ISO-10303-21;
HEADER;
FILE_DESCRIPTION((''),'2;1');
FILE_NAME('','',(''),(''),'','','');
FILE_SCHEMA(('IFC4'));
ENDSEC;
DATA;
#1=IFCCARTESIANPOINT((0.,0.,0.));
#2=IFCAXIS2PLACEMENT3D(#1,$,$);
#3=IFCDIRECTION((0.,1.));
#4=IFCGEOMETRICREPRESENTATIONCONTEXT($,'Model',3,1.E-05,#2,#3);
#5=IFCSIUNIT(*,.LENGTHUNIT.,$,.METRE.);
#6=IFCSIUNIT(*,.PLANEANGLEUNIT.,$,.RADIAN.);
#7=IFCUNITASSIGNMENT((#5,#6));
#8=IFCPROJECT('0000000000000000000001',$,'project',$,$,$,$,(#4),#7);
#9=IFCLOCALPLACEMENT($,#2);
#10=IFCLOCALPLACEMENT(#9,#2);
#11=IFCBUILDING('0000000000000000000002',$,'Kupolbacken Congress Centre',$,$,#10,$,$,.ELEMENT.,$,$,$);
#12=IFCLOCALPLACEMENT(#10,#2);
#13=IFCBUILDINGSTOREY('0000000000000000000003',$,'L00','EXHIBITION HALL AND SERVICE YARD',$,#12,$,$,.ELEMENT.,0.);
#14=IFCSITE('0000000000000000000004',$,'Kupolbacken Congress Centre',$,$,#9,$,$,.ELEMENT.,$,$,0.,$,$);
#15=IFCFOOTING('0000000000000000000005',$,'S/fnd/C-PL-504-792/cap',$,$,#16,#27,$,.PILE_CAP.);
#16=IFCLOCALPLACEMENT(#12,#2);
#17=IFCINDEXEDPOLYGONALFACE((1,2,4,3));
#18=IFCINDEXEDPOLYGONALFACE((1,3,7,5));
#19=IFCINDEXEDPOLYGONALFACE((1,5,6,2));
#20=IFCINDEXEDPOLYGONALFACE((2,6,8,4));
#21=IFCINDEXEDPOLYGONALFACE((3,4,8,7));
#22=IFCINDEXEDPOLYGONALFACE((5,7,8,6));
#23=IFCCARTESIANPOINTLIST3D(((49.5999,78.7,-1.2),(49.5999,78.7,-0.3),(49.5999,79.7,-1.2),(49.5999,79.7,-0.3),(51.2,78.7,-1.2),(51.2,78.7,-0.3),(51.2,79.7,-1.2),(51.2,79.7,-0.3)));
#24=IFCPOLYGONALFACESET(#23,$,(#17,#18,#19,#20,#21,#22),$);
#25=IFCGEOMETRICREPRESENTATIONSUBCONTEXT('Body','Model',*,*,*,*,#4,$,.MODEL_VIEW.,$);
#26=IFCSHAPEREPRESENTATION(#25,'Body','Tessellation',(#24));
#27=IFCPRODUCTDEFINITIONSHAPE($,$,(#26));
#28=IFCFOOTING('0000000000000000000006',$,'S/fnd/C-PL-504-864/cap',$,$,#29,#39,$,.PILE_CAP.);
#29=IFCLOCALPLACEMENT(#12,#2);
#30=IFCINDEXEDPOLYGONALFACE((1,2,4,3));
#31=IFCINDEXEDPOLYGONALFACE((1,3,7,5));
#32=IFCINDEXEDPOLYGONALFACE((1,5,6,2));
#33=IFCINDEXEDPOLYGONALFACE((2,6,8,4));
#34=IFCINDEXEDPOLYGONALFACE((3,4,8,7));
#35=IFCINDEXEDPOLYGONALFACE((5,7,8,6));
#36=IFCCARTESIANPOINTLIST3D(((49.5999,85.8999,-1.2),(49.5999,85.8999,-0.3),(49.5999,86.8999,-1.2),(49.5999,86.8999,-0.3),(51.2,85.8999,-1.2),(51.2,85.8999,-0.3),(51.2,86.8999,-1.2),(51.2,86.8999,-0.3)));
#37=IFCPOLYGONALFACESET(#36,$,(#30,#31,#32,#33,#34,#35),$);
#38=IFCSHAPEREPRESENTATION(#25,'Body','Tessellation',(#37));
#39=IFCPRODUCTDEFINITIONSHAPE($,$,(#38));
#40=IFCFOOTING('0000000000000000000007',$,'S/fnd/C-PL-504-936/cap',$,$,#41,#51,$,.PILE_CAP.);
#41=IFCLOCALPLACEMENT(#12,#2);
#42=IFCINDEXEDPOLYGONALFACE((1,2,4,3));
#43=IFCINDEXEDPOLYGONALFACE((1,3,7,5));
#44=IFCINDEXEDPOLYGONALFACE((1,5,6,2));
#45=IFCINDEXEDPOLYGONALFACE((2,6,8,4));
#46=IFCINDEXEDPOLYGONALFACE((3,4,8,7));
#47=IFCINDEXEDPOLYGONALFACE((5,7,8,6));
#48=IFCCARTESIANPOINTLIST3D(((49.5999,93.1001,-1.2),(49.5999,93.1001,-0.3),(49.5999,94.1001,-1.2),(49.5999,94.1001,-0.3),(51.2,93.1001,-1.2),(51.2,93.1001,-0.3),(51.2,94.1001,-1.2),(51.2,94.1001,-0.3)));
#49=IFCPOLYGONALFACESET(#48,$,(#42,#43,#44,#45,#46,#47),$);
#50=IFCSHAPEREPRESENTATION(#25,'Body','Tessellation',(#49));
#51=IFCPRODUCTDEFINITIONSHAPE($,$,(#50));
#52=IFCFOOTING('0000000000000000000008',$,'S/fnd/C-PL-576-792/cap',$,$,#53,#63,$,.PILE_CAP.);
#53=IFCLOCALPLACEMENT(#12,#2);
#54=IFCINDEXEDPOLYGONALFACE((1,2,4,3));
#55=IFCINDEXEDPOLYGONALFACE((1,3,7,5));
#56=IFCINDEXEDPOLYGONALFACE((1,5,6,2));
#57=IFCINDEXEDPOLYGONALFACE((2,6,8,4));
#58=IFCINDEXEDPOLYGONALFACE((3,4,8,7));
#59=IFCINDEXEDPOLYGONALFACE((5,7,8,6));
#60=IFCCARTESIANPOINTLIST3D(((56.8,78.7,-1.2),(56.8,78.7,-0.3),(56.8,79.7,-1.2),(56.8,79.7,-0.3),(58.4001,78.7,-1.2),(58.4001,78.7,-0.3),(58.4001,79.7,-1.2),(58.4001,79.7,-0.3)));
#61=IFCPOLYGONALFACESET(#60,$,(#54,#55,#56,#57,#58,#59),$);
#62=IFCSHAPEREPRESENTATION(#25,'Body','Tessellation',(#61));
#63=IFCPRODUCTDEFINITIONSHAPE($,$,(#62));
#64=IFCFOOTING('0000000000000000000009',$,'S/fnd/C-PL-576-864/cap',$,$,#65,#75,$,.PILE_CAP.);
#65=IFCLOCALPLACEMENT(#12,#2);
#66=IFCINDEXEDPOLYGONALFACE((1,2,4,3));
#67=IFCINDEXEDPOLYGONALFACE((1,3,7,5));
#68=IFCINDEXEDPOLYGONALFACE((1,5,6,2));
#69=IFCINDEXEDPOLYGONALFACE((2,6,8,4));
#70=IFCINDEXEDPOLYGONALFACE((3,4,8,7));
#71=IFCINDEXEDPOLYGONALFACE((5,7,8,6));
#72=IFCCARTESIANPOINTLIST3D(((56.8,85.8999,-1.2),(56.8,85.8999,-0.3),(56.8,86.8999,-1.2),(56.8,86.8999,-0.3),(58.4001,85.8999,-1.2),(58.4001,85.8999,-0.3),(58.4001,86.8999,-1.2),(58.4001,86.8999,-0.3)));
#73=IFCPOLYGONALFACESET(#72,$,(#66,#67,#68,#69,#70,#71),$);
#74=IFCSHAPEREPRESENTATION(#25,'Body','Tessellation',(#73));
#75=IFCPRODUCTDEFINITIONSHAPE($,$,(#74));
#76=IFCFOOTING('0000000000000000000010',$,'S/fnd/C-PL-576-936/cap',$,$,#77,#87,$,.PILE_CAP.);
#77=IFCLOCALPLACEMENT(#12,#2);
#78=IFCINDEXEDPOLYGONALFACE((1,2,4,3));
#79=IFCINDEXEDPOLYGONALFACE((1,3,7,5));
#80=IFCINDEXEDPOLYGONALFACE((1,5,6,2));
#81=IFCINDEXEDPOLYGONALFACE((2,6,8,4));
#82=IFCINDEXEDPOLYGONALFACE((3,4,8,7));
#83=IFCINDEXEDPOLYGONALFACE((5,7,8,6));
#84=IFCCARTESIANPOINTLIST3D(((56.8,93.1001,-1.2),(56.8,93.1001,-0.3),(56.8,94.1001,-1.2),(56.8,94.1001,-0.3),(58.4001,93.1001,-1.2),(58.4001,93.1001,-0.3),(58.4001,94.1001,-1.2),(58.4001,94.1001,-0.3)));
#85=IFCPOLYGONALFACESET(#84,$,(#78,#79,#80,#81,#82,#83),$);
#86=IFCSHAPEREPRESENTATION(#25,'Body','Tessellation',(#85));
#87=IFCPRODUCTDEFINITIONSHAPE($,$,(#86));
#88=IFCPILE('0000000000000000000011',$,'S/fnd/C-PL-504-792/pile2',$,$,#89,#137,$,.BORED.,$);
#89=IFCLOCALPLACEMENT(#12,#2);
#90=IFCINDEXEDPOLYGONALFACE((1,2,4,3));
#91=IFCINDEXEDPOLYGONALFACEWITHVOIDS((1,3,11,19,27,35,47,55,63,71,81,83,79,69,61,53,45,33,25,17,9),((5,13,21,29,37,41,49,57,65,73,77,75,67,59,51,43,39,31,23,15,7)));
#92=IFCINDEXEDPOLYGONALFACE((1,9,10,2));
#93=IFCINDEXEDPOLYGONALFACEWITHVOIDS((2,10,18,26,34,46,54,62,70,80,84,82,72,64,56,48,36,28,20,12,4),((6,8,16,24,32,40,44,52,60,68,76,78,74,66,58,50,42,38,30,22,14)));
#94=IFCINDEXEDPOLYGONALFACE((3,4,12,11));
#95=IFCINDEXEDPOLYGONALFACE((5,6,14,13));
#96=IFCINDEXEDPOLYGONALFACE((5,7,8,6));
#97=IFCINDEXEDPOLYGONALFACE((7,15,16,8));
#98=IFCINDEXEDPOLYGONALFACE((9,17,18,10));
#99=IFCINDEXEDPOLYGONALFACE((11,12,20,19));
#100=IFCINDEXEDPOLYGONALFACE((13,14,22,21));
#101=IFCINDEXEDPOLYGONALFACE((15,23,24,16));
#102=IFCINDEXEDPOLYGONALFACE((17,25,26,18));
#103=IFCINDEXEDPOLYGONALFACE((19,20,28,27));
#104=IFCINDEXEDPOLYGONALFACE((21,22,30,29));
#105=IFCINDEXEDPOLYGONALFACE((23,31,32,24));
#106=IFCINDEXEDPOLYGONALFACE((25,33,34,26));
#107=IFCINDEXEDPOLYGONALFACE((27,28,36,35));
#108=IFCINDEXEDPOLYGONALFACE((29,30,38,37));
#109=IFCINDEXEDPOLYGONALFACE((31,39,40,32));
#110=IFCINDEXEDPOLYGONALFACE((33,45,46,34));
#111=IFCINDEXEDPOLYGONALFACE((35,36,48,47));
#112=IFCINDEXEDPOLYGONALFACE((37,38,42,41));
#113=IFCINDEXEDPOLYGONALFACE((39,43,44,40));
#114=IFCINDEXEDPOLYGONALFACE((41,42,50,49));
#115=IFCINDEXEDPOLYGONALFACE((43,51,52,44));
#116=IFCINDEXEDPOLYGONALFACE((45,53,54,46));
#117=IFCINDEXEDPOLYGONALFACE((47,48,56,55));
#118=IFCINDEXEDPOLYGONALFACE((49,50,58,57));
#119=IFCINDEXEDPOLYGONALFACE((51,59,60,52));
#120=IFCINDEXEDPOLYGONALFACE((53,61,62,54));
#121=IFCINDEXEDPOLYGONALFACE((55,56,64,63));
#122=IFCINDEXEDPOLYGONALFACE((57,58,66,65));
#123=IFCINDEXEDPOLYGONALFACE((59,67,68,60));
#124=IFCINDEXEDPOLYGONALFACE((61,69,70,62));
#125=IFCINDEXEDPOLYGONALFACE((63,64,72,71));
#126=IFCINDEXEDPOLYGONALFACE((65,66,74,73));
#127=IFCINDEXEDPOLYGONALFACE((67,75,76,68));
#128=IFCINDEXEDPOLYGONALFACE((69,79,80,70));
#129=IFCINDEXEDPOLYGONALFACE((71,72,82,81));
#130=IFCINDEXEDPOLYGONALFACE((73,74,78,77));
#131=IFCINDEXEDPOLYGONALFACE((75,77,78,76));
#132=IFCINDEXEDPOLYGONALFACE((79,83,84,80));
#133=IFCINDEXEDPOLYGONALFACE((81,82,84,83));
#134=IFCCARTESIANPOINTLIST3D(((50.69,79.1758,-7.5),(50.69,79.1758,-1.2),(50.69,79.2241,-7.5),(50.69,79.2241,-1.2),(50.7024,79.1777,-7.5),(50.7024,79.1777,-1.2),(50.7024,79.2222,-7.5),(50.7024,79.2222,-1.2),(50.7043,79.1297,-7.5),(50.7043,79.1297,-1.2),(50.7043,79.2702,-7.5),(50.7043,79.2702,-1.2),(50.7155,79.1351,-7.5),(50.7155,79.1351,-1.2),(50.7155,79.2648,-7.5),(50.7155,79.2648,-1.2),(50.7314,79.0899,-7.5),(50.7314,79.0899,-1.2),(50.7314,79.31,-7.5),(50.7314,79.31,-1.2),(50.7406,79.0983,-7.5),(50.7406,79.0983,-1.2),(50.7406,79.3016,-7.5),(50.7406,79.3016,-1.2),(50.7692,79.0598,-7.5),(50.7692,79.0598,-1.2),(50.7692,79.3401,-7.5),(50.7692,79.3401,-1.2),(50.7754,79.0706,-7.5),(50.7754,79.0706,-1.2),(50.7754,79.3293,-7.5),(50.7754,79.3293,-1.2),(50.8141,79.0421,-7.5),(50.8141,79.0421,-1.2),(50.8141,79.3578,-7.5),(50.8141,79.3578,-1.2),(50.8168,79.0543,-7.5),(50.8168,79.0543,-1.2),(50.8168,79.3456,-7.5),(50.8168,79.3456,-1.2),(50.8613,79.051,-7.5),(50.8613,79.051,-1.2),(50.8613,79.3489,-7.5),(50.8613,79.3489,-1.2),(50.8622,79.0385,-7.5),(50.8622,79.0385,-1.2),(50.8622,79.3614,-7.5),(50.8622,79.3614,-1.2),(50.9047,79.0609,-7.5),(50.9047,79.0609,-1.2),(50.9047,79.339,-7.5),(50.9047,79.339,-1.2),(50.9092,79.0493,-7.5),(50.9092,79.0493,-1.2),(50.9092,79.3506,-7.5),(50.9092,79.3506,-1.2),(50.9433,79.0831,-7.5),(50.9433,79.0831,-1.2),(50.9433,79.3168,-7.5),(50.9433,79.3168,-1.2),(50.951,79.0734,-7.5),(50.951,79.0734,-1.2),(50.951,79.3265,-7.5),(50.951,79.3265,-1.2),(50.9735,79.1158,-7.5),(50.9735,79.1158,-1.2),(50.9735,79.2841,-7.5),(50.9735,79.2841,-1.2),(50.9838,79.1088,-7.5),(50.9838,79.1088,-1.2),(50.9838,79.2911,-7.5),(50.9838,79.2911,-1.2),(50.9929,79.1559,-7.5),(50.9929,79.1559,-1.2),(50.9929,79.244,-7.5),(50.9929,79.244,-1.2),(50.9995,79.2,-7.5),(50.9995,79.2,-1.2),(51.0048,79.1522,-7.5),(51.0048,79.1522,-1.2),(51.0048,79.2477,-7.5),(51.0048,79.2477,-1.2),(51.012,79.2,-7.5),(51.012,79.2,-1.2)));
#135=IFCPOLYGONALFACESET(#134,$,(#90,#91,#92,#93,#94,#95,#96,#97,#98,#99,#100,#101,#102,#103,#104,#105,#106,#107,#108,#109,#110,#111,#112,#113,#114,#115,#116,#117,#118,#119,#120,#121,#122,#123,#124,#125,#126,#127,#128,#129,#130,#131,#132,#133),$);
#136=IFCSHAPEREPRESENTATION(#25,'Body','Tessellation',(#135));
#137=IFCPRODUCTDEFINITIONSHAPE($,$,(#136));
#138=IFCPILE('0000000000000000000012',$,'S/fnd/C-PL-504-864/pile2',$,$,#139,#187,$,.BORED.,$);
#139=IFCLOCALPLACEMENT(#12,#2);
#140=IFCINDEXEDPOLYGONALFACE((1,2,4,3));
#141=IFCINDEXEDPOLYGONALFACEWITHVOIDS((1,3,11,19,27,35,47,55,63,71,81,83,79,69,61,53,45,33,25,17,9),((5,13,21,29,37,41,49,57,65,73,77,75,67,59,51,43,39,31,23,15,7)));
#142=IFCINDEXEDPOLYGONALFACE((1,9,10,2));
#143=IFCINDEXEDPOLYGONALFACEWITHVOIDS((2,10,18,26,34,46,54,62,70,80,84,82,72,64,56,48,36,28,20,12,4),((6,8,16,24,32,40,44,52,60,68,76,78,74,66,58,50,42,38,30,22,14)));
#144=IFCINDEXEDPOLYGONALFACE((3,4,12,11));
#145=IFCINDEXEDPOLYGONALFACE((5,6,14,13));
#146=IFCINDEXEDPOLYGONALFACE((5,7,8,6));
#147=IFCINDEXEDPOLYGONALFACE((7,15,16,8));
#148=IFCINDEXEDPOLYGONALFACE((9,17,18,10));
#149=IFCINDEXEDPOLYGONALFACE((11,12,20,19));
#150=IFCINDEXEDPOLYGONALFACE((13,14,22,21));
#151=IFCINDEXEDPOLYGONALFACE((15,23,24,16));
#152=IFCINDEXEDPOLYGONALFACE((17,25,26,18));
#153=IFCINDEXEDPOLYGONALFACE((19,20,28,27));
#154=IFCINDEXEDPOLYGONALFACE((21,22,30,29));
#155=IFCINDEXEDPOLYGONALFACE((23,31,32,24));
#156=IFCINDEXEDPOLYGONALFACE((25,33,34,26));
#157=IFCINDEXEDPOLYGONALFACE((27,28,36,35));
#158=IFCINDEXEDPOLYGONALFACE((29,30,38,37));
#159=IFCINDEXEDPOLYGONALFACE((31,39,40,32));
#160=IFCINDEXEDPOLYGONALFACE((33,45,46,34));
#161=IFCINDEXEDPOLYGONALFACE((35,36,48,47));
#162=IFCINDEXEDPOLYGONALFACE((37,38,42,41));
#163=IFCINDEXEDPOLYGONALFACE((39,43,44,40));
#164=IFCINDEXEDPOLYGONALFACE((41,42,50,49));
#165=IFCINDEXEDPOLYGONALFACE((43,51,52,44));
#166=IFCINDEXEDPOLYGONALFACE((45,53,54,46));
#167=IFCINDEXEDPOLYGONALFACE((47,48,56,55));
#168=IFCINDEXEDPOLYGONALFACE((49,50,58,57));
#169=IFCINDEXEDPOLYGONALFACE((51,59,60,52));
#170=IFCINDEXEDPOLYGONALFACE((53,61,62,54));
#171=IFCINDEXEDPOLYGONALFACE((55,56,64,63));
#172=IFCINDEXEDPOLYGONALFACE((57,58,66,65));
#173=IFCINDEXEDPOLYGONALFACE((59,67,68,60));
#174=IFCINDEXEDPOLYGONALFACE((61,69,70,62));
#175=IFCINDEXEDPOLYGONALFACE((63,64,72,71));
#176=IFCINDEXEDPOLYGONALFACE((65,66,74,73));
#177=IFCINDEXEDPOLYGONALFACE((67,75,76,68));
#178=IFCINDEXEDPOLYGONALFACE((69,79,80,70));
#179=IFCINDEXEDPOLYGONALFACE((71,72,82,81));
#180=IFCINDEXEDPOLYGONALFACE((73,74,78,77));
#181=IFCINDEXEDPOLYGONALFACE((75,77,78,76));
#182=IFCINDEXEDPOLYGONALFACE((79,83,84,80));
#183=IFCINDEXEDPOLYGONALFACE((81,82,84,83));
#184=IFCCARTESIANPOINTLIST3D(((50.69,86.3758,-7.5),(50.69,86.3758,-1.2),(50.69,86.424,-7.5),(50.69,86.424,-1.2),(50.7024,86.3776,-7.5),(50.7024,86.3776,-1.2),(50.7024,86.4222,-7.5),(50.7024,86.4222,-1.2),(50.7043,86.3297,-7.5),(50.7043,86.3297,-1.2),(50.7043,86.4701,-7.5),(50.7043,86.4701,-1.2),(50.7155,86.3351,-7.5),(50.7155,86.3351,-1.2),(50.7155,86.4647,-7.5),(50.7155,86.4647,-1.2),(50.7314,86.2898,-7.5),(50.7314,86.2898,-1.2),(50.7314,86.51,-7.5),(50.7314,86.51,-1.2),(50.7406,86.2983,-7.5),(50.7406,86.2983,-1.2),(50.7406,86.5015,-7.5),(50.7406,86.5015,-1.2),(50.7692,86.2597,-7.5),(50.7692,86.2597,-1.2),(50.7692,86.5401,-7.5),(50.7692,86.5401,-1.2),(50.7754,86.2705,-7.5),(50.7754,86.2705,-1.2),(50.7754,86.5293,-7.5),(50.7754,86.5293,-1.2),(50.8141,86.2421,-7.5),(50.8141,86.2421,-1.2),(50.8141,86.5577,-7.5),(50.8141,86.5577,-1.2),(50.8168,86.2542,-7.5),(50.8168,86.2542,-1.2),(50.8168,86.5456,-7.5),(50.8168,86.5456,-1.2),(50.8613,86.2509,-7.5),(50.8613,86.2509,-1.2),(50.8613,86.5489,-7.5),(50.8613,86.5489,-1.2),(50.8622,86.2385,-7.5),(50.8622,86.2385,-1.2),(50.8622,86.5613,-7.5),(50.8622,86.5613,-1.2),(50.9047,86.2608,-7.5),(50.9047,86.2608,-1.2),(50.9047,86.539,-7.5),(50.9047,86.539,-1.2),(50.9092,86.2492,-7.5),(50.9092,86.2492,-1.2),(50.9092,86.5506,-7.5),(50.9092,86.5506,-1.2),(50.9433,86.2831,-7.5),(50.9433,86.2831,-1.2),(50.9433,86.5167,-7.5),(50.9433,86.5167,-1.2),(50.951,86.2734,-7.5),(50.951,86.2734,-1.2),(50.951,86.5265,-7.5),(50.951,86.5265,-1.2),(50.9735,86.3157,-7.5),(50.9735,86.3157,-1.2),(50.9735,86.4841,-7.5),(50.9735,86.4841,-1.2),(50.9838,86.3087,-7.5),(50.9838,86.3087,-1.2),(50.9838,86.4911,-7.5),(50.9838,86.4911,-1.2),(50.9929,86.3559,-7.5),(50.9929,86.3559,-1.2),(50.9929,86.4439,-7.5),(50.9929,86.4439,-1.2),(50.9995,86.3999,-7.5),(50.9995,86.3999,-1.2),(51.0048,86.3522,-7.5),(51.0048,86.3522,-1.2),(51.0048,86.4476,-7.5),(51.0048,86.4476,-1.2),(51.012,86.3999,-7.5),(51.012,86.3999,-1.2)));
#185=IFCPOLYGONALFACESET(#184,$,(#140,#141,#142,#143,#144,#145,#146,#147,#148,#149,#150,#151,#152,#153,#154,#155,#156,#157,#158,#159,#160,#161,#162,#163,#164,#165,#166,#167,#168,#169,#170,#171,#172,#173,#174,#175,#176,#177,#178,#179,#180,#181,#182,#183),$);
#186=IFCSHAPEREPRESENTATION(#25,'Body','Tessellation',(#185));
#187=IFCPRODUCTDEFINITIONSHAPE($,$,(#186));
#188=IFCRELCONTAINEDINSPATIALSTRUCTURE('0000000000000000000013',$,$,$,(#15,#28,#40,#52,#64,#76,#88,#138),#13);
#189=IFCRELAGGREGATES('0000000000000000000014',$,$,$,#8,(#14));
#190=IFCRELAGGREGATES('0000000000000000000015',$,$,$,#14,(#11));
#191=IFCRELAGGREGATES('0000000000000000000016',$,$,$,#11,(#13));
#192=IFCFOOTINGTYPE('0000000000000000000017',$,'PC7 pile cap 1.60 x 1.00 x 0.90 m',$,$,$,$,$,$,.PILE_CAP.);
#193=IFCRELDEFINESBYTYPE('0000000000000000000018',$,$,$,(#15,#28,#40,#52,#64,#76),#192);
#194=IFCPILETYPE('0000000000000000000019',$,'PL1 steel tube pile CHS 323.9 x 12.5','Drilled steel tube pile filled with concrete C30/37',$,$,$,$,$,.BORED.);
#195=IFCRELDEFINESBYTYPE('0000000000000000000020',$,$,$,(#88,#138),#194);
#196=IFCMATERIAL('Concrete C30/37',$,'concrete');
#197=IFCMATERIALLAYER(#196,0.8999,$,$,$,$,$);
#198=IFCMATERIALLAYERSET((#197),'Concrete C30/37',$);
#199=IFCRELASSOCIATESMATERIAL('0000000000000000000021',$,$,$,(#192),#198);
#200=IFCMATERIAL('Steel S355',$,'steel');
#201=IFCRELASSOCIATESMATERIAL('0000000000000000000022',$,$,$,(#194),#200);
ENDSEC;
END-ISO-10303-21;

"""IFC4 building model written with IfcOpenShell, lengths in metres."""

from ifc_helpers import new_model, si_unit, direction, frame, origin, origin_2d, place, context, subcontext, project, spatial, rectangle, hollow_circle, extrude, material, layer, layer_set, material_profile, profile_set, type_object, element, save


model = new_model("IFC4")

# Units and contexts
model_context = context("Model", 3, precision=1e-05, world=origin(), true_north=direction((0.0, 1.0)))
body_context = subcontext(model_context, "Body", "Model", "MODEL_VIEW")
ifc_project = project(units=[si_unit("LENGTHUNIT", "METRE"), si_unit("PLANEANGLEUNIT", "RADIAN")], contexts=[model_context])

# Site, building, storey
site_placement = place(None, origin())
site = spatial("IfcSite", under=ifc_project, at=site_placement, Name="Kupolbacken Congress Centre", CompositionType="ELEMENT", RefElevation=0.0)
building_placement = place(site_placement, origin())
building = spatial("IfcBuilding", under=site, at=building_placement, Name="Kupolbacken Congress Centre", CompositionType="ELEMENT")
storey_placement = place(building_placement, origin())
storey = spatial("IfcBuildingStorey", under=building, at=storey_placement, Name="L00", Description="EXHIBITION HALL AND SERVICE YARD", CompositionType="ELEMENT", Elevation=0.0)

# Footings
ifc_material_1 = material(Name="Concrete C30/37", Category="concrete")
ifc_layer = layer(ifc_material_1, 0.8999)
ifc_layer_set = layer_set([ifc_layer], Name="Concrete C30/37")
footing_type = type_object("IfcFootingType", Name="PC7 pile cap 1.60 x 1.00 x 0.90 m", PredefinedType="PILE_CAP", material=ifc_layer_set)
for number, where, z_axis, x_axis, name in (
    (1, (50.3999, 79.2, -1.2), (0.0, 0.0, 1.0), (1.0, 0.0, 0.0), "S/fnd/C-PL-504-792/cap"),
    (2, (50.3999, 86.3999, -1.2), (0.0, 0.0, 1.0), (1.0, 0.0, 0.0), "S/fnd/C-PL-504-864/cap"),
    (3, (50.3999, 93.6001, -1.2), (0.0, 0.0, 1.0), (1.0, 0.0, 0.0), "S/fnd/C-PL-504-936/cap"),
    (4, (57.6001, 79.2, -1.2), (0.0, 0.0, 1.0), (1.0, 0.0, 0.0), "S/fnd/C-PL-576-792/cap"),
    (5, (57.6001, 86.3999, -1.2), (0.0, 0.0, 1.0), (1.0, 0.0, 0.0), "S/fnd/C-PL-576-864/cap"),
    (6, (57.6001, 93.6001, -1.2), (0.0, 0.0, 1.0), (1.0, 0.0, 0.0), "S/fnd/C-PL-576-936/cap"),
):
    element("IfcFooting", number, at=place(storey_placement, frame(where, z_axis=z_axis, x_axis=x_axis)), inside=storey, type_object=footing_type, Name=name, PredefinedType="PILE_CAP", context=body_context, shape_type="SweptSolid", body=[
        extrude(rectangle(XDim=1.6001, YDim=1.0, at=origin_2d()), origin(), (0.0, 0.0, 1.0), 0.8999),
    ])

# Piles
ifc_material_2 = material(Name="Steel S355", Category="steel")
ifc_material_profile_1 = material_profile(ifc_material_2, hollow_circle(Radius=0.1619, WallThickness=0.0125, at=origin_2d()), Name="CHS 323.9 x 12.5")
ifc_profile_set_1 = profile_set([ifc_material_profile_1], Name="Steel S355")
pile_type = type_object("IfcPileType", Name="PL1 steel tube pile CHS 323.9 x 12.5", Description="Drilled steel tube pile filled with concrete C30/37", PredefinedType="BORED", material=ifc_profile_set_1)
for number, where, z_axis, x_axis, name in (
    (7, (50.8501, 79.2, -1.2), (0.0, 0.0, -1.0), (1.0, 0.0, 0.0), "S/fnd/C-PL-504-792/pile2"),
    (8, (50.8501, 86.3999, -1.2), (0.0, 0.0, -1.0), (1.0, 0.0, 0.0), "S/fnd/C-PL-504-864/pile2"),
):
    element("IfcPile", number, at=place(storey_placement, frame(where, z_axis=z_axis, x_axis=x_axis)), inside=storey, type_object=pile_type, Name=name, PredefinedType="BORED", context=body_context, shape_type="SweptSolid", body=[
        extrude(hollow_circle(Radius=0.1619, WallThickness=0.0125, at=origin_2d()), origin(), (0.0, 0.0, 1.0), 6.3),
    ])

save(model, "model.ifc")
